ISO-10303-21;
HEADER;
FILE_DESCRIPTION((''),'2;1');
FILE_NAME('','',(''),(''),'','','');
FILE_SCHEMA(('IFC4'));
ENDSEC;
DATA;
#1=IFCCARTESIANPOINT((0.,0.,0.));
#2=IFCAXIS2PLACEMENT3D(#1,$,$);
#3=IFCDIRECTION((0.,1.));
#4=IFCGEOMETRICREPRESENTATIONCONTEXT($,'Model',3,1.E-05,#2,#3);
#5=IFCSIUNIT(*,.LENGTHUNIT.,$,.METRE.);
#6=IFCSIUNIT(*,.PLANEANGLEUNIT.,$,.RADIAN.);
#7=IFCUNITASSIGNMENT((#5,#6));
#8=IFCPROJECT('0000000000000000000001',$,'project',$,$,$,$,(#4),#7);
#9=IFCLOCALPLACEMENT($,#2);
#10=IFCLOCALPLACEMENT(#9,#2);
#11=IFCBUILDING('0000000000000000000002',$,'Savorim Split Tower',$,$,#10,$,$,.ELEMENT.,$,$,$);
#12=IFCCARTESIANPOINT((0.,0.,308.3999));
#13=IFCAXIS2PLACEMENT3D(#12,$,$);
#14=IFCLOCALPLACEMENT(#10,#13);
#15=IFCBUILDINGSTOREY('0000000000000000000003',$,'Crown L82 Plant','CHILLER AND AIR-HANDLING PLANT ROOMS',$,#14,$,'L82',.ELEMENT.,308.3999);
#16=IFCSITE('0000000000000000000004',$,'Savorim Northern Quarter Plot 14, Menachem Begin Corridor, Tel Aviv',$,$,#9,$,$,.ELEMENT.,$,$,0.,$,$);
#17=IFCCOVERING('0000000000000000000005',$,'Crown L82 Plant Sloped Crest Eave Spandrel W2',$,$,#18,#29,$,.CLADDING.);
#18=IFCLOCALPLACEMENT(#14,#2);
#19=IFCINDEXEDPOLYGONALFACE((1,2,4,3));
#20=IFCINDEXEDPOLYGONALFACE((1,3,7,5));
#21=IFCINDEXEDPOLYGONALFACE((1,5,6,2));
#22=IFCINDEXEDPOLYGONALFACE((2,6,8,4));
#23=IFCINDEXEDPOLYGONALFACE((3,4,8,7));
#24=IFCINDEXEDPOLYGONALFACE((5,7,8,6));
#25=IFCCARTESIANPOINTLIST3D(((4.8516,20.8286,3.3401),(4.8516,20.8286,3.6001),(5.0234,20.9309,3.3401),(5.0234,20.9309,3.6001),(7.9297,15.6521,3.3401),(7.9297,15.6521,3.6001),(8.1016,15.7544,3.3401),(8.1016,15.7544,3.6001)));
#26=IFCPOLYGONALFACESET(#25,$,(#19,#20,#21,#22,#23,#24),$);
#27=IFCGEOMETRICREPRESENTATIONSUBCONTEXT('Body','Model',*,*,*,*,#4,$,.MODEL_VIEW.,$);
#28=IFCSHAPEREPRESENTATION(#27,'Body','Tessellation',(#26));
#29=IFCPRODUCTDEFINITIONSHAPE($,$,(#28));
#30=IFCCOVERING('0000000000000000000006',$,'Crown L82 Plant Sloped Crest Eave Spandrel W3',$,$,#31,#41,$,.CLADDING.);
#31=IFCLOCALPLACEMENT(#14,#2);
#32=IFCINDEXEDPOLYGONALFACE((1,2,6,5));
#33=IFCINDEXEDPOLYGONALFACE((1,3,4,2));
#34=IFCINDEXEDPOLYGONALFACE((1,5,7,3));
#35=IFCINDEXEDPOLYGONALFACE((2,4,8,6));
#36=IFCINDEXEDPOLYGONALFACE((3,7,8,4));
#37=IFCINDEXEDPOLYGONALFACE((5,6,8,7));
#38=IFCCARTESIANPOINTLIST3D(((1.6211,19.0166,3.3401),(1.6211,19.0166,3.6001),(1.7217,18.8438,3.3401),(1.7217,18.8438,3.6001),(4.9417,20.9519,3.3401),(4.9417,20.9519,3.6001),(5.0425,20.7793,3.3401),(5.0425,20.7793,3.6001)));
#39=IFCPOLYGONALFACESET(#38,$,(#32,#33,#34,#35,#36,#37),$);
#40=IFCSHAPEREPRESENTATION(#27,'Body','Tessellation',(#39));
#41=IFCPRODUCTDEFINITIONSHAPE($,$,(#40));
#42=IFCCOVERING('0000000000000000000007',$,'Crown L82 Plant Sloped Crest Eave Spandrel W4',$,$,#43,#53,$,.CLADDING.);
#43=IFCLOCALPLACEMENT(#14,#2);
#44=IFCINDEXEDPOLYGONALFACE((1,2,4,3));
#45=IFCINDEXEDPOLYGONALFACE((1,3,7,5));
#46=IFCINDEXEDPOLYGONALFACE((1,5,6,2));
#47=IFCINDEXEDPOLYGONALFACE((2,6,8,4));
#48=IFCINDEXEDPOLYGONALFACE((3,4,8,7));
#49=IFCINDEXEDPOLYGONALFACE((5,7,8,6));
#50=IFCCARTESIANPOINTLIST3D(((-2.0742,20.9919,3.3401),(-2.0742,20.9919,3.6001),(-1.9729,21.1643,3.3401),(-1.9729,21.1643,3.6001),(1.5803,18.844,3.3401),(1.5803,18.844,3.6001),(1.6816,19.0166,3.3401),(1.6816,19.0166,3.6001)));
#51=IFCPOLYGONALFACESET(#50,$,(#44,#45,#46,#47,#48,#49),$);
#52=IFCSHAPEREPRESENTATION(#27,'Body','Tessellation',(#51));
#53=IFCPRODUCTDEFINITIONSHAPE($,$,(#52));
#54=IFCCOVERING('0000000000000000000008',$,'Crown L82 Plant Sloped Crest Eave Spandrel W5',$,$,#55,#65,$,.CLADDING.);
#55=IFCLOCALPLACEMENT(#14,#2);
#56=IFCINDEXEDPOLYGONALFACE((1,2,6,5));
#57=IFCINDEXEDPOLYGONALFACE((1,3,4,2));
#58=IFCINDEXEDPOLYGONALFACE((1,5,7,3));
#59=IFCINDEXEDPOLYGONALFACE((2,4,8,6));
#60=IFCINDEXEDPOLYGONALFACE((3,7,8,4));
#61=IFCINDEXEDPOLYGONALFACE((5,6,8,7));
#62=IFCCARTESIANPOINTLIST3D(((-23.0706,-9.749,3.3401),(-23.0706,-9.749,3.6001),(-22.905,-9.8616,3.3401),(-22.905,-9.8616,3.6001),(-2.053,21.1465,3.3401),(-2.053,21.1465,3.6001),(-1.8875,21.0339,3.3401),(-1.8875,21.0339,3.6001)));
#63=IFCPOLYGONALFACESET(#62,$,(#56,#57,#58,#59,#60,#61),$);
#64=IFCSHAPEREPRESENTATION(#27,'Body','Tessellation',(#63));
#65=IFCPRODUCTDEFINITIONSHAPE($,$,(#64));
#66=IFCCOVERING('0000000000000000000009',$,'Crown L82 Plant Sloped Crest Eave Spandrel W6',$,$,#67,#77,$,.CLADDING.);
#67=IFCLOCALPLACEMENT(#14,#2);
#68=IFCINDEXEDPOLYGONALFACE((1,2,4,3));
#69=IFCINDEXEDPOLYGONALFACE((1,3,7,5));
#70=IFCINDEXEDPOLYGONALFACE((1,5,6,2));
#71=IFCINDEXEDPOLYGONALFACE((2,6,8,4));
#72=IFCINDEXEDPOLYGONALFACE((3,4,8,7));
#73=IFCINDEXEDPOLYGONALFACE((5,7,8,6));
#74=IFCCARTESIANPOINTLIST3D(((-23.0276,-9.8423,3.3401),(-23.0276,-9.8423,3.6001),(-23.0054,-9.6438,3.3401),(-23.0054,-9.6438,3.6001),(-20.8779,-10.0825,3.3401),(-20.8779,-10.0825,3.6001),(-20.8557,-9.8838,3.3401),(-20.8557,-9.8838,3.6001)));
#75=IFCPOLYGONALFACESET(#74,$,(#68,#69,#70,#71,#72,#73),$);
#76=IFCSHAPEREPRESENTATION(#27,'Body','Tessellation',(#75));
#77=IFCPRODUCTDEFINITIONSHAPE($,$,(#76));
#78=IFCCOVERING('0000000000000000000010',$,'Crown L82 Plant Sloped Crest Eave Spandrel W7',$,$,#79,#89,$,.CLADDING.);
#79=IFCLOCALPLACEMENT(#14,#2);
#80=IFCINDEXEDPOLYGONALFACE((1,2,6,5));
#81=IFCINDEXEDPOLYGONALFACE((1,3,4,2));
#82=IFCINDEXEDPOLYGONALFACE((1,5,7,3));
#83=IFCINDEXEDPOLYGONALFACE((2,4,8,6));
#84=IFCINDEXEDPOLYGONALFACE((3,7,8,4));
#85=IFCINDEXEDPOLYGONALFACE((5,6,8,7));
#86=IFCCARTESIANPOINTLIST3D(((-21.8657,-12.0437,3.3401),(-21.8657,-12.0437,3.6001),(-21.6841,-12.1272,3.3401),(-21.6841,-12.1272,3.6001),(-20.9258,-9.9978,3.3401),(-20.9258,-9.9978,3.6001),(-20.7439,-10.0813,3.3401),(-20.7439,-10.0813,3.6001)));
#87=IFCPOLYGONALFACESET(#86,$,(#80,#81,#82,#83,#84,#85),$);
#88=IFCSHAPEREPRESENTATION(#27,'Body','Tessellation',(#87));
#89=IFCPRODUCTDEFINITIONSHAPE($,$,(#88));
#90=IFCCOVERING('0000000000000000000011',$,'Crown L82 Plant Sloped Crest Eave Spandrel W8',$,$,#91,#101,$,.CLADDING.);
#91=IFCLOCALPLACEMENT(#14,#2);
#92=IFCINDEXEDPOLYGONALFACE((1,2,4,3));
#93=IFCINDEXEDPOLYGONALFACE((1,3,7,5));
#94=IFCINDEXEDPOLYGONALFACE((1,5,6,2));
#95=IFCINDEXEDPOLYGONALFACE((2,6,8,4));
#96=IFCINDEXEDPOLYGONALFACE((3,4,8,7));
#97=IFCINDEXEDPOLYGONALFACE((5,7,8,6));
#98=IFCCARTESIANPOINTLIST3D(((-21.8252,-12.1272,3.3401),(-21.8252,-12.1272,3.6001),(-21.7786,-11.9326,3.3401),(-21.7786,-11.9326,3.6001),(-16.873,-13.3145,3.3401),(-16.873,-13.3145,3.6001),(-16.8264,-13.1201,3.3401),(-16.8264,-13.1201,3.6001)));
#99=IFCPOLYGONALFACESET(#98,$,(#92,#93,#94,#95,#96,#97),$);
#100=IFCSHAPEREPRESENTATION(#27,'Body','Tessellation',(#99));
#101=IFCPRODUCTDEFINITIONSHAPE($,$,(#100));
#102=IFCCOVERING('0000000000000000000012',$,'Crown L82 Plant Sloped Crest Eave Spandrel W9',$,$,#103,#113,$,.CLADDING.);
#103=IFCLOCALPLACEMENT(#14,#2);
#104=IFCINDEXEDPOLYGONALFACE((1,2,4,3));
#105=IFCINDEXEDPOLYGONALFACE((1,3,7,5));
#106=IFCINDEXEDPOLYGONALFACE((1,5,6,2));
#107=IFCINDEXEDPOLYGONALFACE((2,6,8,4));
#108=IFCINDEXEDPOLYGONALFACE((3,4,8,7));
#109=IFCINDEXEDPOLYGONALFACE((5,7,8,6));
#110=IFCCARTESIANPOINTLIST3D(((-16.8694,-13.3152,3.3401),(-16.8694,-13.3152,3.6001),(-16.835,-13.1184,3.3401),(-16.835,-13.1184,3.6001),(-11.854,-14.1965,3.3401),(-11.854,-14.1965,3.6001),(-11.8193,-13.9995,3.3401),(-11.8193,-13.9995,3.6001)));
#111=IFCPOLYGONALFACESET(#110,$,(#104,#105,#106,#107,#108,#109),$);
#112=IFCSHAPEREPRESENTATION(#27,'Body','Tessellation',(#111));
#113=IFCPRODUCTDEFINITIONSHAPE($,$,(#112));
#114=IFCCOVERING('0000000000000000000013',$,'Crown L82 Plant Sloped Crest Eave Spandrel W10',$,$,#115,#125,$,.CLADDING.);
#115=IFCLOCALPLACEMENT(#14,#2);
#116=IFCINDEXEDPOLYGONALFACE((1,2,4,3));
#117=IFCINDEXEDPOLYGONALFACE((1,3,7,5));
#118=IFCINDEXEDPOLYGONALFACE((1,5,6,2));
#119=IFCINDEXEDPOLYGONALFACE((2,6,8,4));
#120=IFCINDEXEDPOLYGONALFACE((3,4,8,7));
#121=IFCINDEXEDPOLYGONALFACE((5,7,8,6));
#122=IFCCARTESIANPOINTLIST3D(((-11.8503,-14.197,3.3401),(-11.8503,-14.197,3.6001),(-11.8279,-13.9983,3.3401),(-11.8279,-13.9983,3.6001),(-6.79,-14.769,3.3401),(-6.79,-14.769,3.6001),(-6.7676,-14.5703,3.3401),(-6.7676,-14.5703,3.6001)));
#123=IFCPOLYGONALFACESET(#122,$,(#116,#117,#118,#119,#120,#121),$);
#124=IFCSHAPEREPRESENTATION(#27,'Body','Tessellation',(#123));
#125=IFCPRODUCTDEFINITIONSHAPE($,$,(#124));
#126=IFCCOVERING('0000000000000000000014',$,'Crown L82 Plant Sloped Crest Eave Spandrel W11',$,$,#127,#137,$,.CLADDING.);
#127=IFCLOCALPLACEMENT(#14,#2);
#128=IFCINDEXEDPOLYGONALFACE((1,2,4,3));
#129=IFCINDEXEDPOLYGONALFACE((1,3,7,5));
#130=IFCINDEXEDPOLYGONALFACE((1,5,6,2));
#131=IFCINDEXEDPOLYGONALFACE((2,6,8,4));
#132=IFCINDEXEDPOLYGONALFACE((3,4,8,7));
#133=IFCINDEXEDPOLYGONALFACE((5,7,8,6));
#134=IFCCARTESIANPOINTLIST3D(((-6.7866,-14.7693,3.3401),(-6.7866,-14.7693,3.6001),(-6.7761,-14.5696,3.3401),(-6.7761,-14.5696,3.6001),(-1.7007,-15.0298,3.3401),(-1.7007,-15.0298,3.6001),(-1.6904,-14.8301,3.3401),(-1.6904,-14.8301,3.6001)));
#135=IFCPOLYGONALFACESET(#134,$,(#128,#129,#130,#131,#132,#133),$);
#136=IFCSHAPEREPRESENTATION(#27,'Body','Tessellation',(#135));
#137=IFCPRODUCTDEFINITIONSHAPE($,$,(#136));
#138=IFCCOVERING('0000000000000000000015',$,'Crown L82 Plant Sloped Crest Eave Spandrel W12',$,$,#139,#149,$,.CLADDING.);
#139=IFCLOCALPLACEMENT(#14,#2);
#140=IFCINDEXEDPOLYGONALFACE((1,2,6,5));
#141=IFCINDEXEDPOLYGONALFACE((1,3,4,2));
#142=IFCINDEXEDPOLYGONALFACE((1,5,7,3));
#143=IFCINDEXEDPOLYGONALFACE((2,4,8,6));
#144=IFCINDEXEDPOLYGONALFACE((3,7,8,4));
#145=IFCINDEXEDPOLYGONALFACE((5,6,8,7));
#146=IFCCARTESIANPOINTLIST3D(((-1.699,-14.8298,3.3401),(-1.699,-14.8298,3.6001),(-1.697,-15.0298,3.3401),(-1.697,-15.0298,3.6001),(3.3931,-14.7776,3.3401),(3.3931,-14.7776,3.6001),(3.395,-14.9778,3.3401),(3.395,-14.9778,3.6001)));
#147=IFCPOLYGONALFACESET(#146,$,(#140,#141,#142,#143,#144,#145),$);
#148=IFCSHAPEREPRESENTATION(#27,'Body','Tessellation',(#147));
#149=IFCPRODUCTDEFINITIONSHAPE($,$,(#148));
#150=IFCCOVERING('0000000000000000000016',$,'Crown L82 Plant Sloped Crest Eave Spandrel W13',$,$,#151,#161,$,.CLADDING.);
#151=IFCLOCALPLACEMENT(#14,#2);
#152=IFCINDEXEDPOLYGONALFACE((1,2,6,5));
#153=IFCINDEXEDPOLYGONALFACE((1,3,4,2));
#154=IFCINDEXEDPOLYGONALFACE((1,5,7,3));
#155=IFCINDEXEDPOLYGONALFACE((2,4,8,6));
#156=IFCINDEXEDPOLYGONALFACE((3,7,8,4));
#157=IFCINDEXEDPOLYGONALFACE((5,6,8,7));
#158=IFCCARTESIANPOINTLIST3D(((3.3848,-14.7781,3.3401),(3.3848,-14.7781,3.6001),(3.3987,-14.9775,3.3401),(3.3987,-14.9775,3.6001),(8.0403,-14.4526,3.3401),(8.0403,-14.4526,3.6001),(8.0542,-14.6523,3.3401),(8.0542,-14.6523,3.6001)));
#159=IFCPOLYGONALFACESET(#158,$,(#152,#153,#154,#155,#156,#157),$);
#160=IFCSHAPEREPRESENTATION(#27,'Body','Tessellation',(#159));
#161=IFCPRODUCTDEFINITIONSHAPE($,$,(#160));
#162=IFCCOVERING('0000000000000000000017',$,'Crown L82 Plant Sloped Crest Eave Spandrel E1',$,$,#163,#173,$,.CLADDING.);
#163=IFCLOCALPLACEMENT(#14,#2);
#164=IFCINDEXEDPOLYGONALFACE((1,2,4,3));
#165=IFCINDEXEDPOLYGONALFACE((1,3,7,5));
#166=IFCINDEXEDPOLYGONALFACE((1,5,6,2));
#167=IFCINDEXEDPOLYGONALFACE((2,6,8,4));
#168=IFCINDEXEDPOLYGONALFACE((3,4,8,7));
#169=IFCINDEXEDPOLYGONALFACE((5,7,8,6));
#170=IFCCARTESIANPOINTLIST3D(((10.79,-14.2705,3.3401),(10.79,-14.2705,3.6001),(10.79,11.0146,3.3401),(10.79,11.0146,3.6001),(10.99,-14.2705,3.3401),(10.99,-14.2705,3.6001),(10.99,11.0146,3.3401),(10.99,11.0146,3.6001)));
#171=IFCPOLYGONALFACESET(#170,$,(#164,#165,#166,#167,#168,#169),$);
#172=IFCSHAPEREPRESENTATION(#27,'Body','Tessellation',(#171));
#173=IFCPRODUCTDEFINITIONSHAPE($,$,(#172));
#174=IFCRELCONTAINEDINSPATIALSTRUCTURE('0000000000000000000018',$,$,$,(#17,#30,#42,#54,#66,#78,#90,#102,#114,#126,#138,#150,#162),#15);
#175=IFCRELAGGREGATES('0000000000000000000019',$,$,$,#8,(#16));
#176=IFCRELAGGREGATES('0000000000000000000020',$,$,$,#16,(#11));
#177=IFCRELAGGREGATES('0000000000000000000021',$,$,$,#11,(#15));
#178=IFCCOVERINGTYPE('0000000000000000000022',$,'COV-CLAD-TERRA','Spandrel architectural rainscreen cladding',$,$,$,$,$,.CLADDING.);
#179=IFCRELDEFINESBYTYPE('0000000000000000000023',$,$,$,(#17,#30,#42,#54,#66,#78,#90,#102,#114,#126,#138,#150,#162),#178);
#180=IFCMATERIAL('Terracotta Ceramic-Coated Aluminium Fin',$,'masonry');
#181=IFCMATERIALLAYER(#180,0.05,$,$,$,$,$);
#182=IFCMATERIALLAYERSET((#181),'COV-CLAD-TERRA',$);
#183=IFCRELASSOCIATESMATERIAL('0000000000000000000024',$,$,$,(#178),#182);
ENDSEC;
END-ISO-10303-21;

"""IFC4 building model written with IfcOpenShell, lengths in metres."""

from ifc_helpers import new_model, si_unit, direction, frame, origin, place, context, subcontext, project, spatial, polyline, outline, extrude, material, layer, layer_set, type_object, element, save


model = new_model("IFC4")

# Units and contexts
model_context = context("Model", 3, precision=1e-05, world=origin(), true_north=direction((0.0, 1.0)))
body_context = subcontext(model_context, "Body", "Model", "MODEL_VIEW")
ifc_project = project(units=[si_unit("LENGTHUNIT", "METRE"), si_unit("PLANEANGLEUNIT", "RADIAN")], contexts=[model_context])

# Site, building, storey
site_placement = place(None, origin())
site = spatial("IfcSite", under=ifc_project, at=site_placement, Name="Savorim Northern Quarter Plot 14, Menachem Begin Corridor, Tel Aviv", CompositionType="ELEMENT", RefElevation=0.0)
building_placement = place(site_placement, origin())
building = spatial("IfcBuilding", under=site, at=building_placement, Name="Savorim Split Tower", CompositionType="ELEMENT")
storey_placement = place(building_placement, frame((0.0, 0.0, 308.3999)))
storey = spatial("IfcBuildingStorey", under=building, at=storey_placement, Name="Crown L82 Plant", Description="CHILLER AND AIR-HANDLING PLANT ROOMS", LongName="L82", CompositionType="ELEMENT", Elevation=308.3999)

# Coverings
ifc_material_1 = material(Name="Terracotta Ceramic-Coated Aluminium Fin", Category="masonry")
ifc_layer_1 = layer(ifc_material_1, 0.05)
ifc_layer_set_1 = layer_set([ifc_layer_1], Name="COV-CLAD-TERRA")
covering_type = type_object("IfcCoveringType", Name="COV-CLAD-TERRA", Description="Spandrel architectural rainscreen cladding", PredefinedType="CLADDING", material=ifc_layer_set_1)
covering_1_placement = place(storey_placement, frame((0.0, 0.0, 3.3401)))
element("IfcCovering", 1, at=covering_1_placement, inside=storey, type_object=covering_type, Name="Crown L82 Plant Sloped Crest Eave Spandrel W2", PredefinedType="CLADDING", context=body_context, shape_type="SweptSolid", body=[
    extrude(outline(polyline([(8.1016, 15.7544), (5.0234, 20.9309), (4.8516, 20.8286), (7.9297, 15.6521), (8.1016, 15.7544)])), origin(), (0.0, 0.0, 1.0), 0.26),
])
covering_2_placement = place(storey_placement, frame((0.0, 0.0, 3.3401)))
element("IfcCovering", 2, at=covering_2_placement, inside=storey, type_object=covering_type, Name="Crown L82 Plant Sloped Crest Eave Spandrel W3", PredefinedType="CLADDING", context=body_context, shape_type="SweptSolid", body=[
    extrude(outline(polyline([(4.9417, 20.9519), (1.6211, 19.0166), (1.7217, 18.8438), (5.0425, 20.7793), (4.9417, 20.9519)])), origin(), (0.0, 0.0, 1.0), 0.26),
])
covering_3_placement = place(storey_placement, frame((0.0, 0.0, 3.3401)))
element("IfcCovering", 3, at=covering_3_placement, inside=storey, type_object=covering_type, Name="Crown L82 Plant Sloped Crest Eave Spandrel W4", PredefinedType="CLADDING", context=body_context, shape_type="SweptSolid", body=[
    extrude(outline(polyline([(1.6816, 19.0166), (-1.9729, 21.1643), (-2.0742, 20.9919), (1.5803, 18.844), (1.6816, 19.0166)])), origin(), (0.0, 0.0, 1.0), 0.26),
])
covering_4_placement = place(storey_placement, frame((0.0, 0.0, 3.3401)))
element("IfcCovering", 4, at=covering_4_placement, inside=storey, type_object=covering_type, Name="Crown L82 Plant Sloped Crest Eave Spandrel W5", PredefinedType="CLADDING", context=body_context, shape_type="SweptSolid", body=[
    extrude(outline(polyline([(-2.053, 21.1465), (-23.0706, -9.749), (-22.905, -9.8616), (-1.8875, 21.0339), (-2.053, 21.1465)])), origin(), (0.0, 0.0, 1.0), 0.26),
])
covering_5_placement = place(storey_placement, frame((0.0, 0.0, 3.3401)))
element("IfcCovering", 5, at=covering_5_placement, inside=storey, type_object=covering_type, Name="Crown L82 Plant Sloped Crest Eave Spandrel W6", PredefinedType="CLADDING", context=body_context, shape_type="SweptSolid", body=[
    extrude(outline(polyline([(-23.0276, -9.8423), (-20.8779, -10.0825), (-20.8557, -9.8838), (-23.0054, -9.6438), (-23.0276, -9.8423)])), origin(), (0.0, 0.0, 1.0), 0.26),
])
covering_6_placement = place(storey_placement, frame((0.0, 0.0, 3.3401)))
element("IfcCovering", 6, at=covering_6_placement, inside=storey, type_object=covering_type, Name="Crown L82 Plant Sloped Crest Eave Spandrel W7", PredefinedType="CLADDING", context=body_context, shape_type="SweptSolid", body=[
    extrude(outline(polyline([(-20.9258, -9.9978), (-21.8657, -12.0437), (-21.6841, -12.1272), (-20.7439, -10.0813), (-20.9258, -9.9978)])), origin(), (0.0, 0.0, 1.0), 0.26),
])
covering_7_placement = place(storey_placement, frame((0.0, 0.0, 3.3401)))
element("IfcCovering", 7, at=covering_7_placement, inside=storey, type_object=covering_type, Name="Crown L82 Plant Sloped Crest Eave Spandrel W8", PredefinedType="CLADDING", context=body_context, shape_type="SweptSolid", body=[
    extrude(outline(polyline([(-21.8252, -12.1272), (-16.873, -13.3145), (-16.8264, -13.1201), (-21.7786, -11.9326), (-21.8252, -12.1272)])), origin(), (0.0, 0.0, 1.0), 0.26),
])
covering_8_placement = place(storey_placement, frame((0.0, 0.0, 3.3401)))
element("IfcCovering", 8, at=covering_8_placement, inside=storey, type_object=covering_type, Name="Crown L82 Plant Sloped Crest Eave Spandrel W9", PredefinedType="CLADDING", context=body_context, shape_type="SweptSolid", body=[
    extrude(outline(polyline([(-16.8694, -13.3152), (-11.854, -14.1965), (-11.8193, -13.9995), (-16.835, -13.1184), (-16.8694, -13.3152)])), origin(), (0.0, 0.0, 1.0), 0.26),
])
covering_9_placement = place(storey_placement, frame((0.0, 0.0, 3.3401)))
element("IfcCovering", 9, at=covering_9_placement, inside=storey, type_object=covering_type, Name="Crown L82 Plant Sloped Crest Eave Spandrel W10", PredefinedType="CLADDING", context=body_context, shape_type="SweptSolid", body=[
    extrude(outline(polyline([(-11.8503, -14.197), (-6.79, -14.769), (-6.7676, -14.5703), (-11.8279, -13.9983), (-11.8503, -14.197)])), origin(), (0.0, 0.0, 1.0), 0.26),
])
covering_10_placement = place(storey_placement, frame((0.0, 0.0, 3.3401)))
element("IfcCovering", 10, at=covering_10_placement, inside=storey, type_object=covering_type, Name="Crown L82 Plant Sloped Crest Eave Spandrel W11", PredefinedType="CLADDING", context=body_context, shape_type="SweptSolid", body=[
    extrude(outline(polyline([(-6.7866, -14.7693), (-1.7007, -15.0298), (-1.6904, -14.8301), (-6.7761, -14.5696), (-6.7866, -14.7693)])), origin(), (0.0, 0.0, 1.0), 0.26),
])
covering_11_placement = place(storey_placement, frame((0.0, 0.0, 3.3401)))
element("IfcCovering", 11, at=covering_11_placement, inside=storey, type_object=covering_type, Name="Crown L82 Plant Sloped Crest Eave Spandrel W12", PredefinedType="CLADDING", context=body_context, shape_type="SweptSolid", body=[
    extrude(outline(polyline([(-1.697, -15.0298), (3.395, -14.9778), (3.3931, -14.7776), (-1.699, -14.8298), (-1.697, -15.0298)])), origin(), (0.0, 0.0, 1.0), 0.26),
])
covering_12_placement = place(storey_placement, frame((0.0, 0.0, 3.3401)))
element("IfcCovering", 12, at=covering_12_placement, inside=storey, type_object=covering_type, Name="Crown L82 Plant Sloped Crest Eave Spandrel W13", PredefinedType="CLADDING", context=body_context, shape_type="SweptSolid", body=[
    extrude(outline(polyline([(3.3987, -14.9775), (8.0542, -14.6523), (8.0403, -14.4526), (3.3848, -14.7781), (3.3987, -14.9775)])), origin(), (0.0, 0.0, 1.0), 0.26),
])
covering_13_placement = place(storey_placement, frame((0.0, 0.0, 3.3401)))
element("IfcCovering", 13, at=covering_13_placement, inside=storey, type_object=covering_type, Name="Crown L82 Plant Sloped Crest Eave Spandrel E1", PredefinedType="CLADDING", context=body_context, shape_type="SweptSolid", body=[
    extrude(outline(polyline([(10.79, 11.0146), (10.79, -14.2705), (10.99, -14.2705), (10.99, 11.0146), (10.79, 11.0146)])), origin(), (0.0, 0.0, 1.0), 0.26),
])

save(model, "model.ifc")
